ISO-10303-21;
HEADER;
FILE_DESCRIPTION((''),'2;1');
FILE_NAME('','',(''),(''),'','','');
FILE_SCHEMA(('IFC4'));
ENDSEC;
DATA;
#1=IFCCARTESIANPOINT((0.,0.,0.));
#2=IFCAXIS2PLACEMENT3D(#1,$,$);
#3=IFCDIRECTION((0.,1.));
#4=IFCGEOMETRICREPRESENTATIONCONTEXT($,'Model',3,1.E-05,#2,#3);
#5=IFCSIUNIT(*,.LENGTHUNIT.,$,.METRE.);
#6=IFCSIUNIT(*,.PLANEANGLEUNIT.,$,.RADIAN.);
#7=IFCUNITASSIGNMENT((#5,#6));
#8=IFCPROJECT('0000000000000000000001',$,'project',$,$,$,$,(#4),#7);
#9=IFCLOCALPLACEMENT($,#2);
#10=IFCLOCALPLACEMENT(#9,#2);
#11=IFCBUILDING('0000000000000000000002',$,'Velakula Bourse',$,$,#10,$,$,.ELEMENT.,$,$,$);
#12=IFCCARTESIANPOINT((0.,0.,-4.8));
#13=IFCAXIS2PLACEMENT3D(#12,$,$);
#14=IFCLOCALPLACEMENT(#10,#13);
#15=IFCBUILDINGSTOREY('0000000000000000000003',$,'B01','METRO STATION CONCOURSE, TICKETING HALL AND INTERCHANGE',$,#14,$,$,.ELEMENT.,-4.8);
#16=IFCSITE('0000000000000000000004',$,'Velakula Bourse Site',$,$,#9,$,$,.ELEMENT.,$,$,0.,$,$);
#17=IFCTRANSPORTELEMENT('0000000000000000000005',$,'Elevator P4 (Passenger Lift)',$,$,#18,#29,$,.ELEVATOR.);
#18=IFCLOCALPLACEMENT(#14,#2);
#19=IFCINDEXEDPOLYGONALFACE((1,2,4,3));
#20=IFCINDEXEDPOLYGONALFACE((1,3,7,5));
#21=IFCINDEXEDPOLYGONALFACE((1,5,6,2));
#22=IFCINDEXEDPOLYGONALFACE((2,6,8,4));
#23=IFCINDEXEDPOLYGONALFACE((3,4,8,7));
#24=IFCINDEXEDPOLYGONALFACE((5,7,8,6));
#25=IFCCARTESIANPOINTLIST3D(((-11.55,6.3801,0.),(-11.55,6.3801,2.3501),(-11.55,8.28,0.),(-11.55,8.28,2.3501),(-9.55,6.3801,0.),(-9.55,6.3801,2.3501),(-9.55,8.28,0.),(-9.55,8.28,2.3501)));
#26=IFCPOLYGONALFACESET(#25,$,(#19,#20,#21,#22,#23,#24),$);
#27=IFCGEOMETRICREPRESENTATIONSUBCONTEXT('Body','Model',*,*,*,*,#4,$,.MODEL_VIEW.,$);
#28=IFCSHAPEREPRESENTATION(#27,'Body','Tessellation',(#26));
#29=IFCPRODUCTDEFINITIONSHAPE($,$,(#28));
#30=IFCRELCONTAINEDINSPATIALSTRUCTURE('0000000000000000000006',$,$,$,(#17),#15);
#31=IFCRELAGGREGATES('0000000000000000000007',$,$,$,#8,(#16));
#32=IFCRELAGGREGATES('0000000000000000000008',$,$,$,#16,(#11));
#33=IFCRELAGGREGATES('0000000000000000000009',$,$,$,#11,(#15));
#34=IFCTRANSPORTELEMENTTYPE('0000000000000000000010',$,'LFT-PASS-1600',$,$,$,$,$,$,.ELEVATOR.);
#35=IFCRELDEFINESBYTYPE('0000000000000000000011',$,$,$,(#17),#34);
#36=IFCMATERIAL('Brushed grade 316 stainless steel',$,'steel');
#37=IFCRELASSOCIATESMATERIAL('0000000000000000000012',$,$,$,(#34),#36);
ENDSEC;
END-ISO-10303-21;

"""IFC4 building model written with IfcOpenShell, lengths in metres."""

from ifc_helpers import new_model, si_unit, direction, frame, origin, origin_2d, place, context, subcontext, project, spatial, rectangle, extrude, material, type_object, element, save


model = new_model("IFC4")

# Units and contexts
model_context = context("Model", 3, precision=1e-05, world=origin(), true_north=direction((0.0, 1.0)))
body_context = subcontext(model_context, "Body", "Model", "MODEL_VIEW")
ifc_project = project(units=[si_unit("LENGTHUNIT", "METRE"), si_unit("PLANEANGLEUNIT", "RADIAN")], contexts=[model_context])

# Site, building, storey
site_placement = place(None, origin())
site = spatial("IfcSite", under=ifc_project, at=site_placement, Name="Velakula Bourse Site", CompositionType="ELEMENT", RefElevation=0.0)
building_placement = place(site_placement, origin())
building = spatial("IfcBuilding", under=site, at=building_placement, Name="Velakula Bourse", CompositionType="ELEMENT")
storey_placement = place(building_placement, frame((0.0, 0.0, -4.8)))
storey = spatial("IfcBuildingStorey", under=building, at=storey_placement, Name="B01", Description="METRO STATION CONCOURSE, TICKETING HALL AND INTERCHANGE", CompositionType="ELEMENT", Elevation=-4.8)

# Transport element
ifc_material_1 = material(Name="Brushed grade 316 stainless steel", Category="steel")
transport_element_type = type_object("IfcTransportElementType", Name="LFT-PASS-1600", PredefinedType="ELEVATOR", material=ifc_material_1)
transport_element_placement = place(storey_placement, frame((-10.55, 7.3301, 0.0), z_axis=(0.0, 0.0, 1.0), x_axis=(1.0, 0.0, 0.0)))
element("IfcTransportElement", 1, at=transport_element_placement, inside=storey, type_object=transport_element_type, Name="Elevator P4 (Passenger Lift)", PredefinedType="ELEVATOR", context=body_context, shape_type="SweptSolid", body=[
    extrude(rectangle(XDim=2.0, YDim=1.8999, at=origin_2d()), origin(), (0.0, 0.0, 1.0), 2.3501),
])

save(model, "model.ifc")
